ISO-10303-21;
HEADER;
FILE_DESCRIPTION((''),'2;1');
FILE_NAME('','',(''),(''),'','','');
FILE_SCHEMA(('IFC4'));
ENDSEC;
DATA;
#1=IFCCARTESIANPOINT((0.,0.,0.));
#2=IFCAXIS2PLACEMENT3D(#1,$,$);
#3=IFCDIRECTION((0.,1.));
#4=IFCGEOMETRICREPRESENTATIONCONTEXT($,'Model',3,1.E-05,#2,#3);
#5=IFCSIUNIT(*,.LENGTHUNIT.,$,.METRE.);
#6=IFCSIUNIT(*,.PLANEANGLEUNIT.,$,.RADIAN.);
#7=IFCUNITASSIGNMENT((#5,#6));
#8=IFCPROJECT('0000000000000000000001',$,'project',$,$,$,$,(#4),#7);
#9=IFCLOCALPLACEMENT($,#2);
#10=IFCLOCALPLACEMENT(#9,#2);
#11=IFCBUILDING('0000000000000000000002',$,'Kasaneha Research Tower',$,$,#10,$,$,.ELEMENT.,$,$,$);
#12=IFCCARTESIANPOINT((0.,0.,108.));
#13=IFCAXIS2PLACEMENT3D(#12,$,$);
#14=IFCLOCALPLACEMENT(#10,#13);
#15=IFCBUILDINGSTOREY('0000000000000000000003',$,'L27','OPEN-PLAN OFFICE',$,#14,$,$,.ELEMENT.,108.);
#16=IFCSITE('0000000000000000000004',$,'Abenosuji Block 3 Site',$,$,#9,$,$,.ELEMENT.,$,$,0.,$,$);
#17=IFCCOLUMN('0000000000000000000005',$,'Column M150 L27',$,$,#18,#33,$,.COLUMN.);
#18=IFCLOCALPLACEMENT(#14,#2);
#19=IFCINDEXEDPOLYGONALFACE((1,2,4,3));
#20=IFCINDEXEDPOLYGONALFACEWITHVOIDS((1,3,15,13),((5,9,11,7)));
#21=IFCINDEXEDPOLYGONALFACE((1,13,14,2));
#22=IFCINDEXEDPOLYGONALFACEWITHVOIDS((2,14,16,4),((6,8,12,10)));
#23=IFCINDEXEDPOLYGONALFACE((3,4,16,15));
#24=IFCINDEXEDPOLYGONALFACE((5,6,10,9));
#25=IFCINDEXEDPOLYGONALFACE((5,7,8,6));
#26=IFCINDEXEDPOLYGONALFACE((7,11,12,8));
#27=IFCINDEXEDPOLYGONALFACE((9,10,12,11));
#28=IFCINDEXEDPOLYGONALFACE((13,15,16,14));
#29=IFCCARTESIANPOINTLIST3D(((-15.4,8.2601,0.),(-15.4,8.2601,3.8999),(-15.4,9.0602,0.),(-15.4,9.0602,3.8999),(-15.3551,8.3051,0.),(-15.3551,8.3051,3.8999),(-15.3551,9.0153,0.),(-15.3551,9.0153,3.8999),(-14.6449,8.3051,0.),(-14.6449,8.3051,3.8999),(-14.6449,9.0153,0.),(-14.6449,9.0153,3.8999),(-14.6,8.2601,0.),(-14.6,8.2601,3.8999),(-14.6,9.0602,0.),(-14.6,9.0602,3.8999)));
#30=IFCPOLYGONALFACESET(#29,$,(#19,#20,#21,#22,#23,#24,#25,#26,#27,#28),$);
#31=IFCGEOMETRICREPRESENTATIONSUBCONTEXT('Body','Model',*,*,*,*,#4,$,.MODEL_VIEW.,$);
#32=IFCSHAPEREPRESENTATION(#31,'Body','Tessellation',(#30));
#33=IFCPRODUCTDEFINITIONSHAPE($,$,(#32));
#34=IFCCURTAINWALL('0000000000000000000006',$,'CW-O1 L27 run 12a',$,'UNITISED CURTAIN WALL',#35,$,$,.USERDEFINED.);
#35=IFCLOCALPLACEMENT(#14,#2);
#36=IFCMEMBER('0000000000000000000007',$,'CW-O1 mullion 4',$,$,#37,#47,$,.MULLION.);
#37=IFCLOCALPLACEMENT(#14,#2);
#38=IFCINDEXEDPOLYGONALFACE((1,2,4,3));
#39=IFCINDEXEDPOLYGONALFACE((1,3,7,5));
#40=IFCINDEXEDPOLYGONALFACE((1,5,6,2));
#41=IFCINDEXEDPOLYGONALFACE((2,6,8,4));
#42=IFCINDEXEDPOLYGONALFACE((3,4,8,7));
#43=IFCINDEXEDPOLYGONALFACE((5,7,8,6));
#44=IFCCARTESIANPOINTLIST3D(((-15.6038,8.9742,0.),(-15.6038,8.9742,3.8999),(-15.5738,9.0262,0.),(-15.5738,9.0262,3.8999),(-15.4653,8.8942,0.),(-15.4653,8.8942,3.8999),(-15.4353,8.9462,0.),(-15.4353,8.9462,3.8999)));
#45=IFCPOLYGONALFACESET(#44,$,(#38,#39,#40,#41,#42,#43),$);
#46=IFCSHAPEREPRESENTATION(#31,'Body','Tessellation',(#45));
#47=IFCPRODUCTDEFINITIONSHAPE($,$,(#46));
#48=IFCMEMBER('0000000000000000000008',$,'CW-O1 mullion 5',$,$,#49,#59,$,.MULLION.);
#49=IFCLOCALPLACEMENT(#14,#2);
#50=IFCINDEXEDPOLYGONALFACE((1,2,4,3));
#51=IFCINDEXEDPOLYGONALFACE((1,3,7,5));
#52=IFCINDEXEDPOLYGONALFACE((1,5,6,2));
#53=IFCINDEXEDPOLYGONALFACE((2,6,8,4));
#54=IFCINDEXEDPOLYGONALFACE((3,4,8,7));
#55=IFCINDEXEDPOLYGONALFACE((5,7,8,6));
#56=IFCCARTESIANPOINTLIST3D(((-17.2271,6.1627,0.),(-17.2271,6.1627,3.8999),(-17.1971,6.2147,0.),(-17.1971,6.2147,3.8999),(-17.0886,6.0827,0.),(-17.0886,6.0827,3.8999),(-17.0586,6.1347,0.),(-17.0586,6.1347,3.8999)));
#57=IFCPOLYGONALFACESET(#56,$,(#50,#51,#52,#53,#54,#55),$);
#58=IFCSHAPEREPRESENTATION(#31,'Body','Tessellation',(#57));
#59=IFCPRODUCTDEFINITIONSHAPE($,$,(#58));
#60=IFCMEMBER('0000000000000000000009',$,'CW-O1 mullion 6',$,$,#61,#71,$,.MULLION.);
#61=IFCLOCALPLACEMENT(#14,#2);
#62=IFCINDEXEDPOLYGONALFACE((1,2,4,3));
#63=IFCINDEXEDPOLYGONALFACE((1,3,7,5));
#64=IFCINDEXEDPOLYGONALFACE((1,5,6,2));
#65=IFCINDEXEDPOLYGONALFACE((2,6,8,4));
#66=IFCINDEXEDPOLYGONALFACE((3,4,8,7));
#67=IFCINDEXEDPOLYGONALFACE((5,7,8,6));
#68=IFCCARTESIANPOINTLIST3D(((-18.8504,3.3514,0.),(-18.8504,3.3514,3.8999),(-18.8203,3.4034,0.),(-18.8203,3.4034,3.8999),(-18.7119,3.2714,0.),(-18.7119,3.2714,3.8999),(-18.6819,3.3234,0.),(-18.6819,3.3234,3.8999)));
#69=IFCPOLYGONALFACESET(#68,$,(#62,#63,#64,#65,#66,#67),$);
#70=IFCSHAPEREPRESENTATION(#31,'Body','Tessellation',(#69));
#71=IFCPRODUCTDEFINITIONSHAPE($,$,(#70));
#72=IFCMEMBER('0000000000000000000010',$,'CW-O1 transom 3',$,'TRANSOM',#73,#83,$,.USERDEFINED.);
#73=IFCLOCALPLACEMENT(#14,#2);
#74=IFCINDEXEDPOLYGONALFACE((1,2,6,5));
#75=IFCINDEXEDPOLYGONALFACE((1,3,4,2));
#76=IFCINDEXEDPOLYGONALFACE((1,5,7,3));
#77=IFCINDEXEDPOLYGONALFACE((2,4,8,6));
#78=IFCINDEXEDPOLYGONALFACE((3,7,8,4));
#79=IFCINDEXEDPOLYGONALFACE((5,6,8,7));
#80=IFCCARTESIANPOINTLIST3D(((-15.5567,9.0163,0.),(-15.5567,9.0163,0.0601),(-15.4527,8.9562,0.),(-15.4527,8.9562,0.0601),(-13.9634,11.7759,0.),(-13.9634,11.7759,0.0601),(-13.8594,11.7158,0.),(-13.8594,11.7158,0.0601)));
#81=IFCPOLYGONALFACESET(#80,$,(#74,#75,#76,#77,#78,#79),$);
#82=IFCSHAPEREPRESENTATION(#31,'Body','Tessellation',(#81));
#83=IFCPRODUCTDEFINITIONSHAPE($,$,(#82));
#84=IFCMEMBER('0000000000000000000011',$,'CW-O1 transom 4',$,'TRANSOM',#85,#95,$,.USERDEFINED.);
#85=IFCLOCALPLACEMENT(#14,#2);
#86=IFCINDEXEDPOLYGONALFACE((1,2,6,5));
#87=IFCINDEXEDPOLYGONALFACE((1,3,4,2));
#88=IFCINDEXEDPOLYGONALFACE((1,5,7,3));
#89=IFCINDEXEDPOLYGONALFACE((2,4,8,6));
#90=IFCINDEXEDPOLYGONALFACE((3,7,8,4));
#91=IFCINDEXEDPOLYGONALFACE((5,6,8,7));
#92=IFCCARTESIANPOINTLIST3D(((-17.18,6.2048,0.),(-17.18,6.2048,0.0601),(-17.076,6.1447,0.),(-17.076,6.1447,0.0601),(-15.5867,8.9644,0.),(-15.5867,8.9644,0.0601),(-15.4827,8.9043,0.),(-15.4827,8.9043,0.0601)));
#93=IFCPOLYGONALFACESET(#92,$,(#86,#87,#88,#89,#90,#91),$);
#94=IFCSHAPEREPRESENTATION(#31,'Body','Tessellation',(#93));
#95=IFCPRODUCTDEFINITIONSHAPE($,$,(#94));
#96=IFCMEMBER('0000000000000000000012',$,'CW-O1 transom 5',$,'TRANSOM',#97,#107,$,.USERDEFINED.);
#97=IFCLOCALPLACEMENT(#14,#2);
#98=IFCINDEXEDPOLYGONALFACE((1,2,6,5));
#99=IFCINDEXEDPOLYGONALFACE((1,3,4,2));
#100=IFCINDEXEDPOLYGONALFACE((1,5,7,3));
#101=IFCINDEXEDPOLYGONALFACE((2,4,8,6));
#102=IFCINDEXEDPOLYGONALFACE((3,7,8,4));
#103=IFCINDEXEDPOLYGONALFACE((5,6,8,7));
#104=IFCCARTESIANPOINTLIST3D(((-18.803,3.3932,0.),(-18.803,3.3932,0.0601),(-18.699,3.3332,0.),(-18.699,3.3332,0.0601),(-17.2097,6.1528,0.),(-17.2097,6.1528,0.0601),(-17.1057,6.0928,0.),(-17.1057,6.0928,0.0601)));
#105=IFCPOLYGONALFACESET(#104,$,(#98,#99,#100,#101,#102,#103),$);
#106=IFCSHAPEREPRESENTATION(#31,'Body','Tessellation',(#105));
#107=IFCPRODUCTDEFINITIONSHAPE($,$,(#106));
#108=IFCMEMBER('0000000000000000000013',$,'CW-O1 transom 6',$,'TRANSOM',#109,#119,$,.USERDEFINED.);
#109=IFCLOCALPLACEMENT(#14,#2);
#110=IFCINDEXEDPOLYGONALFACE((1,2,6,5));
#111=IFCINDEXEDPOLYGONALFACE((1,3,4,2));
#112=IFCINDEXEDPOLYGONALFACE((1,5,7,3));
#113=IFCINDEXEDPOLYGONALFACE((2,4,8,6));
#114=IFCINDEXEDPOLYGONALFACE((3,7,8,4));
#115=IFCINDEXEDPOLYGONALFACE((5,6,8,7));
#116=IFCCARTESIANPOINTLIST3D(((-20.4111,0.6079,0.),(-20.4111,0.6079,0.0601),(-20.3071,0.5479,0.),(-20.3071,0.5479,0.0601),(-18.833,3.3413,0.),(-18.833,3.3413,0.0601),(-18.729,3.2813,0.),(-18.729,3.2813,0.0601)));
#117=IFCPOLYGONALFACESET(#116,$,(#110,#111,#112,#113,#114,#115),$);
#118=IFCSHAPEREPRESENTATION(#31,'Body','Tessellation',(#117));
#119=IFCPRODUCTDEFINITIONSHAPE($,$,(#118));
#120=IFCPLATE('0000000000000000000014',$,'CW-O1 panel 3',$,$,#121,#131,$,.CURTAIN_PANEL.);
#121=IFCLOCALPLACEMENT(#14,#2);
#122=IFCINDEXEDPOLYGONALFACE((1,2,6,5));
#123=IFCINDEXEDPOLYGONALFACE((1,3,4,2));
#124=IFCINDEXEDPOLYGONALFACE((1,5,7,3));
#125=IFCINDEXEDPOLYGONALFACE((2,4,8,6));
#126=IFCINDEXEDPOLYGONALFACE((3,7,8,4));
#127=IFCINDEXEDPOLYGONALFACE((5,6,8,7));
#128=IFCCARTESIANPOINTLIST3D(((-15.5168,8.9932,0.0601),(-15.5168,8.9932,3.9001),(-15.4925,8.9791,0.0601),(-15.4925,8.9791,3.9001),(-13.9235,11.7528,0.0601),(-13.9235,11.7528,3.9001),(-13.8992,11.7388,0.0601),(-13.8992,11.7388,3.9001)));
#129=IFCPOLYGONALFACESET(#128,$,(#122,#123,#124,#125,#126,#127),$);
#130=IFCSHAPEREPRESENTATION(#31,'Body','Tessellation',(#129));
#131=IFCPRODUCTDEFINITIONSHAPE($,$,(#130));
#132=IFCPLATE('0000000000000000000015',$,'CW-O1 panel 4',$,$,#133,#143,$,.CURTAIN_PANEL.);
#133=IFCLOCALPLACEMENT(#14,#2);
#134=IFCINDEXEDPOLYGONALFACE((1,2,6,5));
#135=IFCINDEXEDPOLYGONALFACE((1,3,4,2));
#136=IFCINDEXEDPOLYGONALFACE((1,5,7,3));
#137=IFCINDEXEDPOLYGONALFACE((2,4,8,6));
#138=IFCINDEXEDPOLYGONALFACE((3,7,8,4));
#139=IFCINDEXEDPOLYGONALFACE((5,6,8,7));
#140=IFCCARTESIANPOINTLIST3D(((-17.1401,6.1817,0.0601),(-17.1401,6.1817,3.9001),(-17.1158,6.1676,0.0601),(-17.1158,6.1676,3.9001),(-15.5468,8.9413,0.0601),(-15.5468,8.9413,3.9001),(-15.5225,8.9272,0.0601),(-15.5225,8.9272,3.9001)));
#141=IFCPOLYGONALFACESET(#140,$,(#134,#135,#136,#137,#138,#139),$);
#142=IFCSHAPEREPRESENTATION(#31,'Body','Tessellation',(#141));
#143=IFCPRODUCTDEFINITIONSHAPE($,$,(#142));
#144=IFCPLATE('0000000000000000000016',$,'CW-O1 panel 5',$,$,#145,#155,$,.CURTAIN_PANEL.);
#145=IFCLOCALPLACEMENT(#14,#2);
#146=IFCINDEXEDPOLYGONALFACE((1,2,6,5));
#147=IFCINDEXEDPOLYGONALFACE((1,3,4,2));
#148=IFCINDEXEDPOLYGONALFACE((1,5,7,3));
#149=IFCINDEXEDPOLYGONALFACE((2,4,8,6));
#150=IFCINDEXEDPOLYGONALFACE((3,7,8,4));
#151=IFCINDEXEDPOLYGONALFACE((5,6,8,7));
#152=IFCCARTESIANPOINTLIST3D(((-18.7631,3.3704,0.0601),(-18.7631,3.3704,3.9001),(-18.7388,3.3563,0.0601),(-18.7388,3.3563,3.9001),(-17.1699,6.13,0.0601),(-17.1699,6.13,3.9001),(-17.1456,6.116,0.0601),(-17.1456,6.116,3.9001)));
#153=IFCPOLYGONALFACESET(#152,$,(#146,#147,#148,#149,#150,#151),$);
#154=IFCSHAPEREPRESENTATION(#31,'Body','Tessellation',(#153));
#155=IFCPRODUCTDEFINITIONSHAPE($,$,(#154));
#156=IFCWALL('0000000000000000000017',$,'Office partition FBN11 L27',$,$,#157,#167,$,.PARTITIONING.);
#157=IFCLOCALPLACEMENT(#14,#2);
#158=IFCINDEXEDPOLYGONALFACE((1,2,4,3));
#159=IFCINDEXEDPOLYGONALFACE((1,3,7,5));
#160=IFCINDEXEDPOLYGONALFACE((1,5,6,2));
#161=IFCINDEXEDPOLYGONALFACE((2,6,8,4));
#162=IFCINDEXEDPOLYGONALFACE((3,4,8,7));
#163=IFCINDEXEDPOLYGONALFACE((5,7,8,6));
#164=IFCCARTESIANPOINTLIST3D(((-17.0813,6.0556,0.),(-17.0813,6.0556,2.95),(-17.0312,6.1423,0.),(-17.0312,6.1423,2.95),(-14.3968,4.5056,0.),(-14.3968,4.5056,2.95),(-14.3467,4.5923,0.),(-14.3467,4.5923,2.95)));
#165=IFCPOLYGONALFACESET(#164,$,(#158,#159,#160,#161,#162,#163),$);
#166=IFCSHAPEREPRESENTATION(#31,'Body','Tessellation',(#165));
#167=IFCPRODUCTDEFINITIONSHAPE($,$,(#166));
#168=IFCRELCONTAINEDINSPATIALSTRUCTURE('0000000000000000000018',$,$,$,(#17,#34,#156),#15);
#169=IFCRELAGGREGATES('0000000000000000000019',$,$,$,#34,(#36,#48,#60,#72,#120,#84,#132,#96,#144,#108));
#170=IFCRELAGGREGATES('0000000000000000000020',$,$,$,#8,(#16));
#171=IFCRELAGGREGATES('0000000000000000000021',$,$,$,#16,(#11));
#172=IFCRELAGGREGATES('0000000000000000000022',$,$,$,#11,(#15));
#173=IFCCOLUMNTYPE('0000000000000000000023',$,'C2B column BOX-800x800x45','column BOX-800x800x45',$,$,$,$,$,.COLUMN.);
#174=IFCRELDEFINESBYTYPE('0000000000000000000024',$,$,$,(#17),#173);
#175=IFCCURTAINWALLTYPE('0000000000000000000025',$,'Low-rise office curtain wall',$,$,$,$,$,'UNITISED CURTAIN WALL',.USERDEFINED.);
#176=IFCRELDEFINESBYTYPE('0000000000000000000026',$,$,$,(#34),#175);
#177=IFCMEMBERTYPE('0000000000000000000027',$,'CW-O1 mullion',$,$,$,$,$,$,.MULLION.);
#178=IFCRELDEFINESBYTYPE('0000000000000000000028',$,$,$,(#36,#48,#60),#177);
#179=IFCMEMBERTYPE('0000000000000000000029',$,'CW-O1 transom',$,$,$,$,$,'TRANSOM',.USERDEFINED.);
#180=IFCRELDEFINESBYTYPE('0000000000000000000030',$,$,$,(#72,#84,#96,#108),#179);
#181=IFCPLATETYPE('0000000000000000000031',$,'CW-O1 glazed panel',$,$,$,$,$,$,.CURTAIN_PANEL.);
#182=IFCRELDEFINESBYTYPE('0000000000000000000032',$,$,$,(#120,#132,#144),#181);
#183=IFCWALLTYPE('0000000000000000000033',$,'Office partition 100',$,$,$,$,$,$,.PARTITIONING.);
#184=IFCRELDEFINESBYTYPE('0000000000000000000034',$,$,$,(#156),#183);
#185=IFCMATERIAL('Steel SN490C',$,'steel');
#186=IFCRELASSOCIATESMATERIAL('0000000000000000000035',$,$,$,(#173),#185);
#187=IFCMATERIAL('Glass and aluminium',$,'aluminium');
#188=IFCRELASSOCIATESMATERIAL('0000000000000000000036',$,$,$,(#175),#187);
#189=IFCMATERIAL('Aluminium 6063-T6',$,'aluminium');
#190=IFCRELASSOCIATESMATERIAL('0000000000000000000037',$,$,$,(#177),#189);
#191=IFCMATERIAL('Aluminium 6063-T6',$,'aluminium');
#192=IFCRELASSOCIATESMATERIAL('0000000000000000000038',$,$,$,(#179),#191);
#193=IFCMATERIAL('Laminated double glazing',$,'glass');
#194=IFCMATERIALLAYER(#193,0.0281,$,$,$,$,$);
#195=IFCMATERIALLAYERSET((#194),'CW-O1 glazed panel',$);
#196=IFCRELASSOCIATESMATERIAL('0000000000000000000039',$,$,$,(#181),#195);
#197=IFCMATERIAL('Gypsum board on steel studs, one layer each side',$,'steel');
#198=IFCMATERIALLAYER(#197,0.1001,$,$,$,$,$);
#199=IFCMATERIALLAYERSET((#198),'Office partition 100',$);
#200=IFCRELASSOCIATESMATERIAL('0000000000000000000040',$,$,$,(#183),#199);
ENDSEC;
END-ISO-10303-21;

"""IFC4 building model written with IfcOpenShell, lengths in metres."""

from ifc_helpers import new_model, si_unit, direction, frame, frame_2d, origin, origin_2d, place, context, subcontext, project, spatial, rectangle, hollow_rectangle, extrude, material, layer, layer_set, material_profile, profile_set, type_object, element, aggregate, save


model = new_model("IFC4")

# Units and contexts
model_context = context("Model", 3, precision=1e-05, world=origin(), true_north=direction((0.0, 1.0)))
body_context = subcontext(model_context, "Body", "Model", "MODEL_VIEW")
ifc_project = project(units=[si_unit("LENGTHUNIT", "METRE"), si_unit("PLANEANGLEUNIT", "RADIAN")], contexts=[model_context])

# Site, building, storey
site_placement = place(None, origin())
site = spatial("IfcSite", under=ifc_project, at=site_placement, Name="Abenosuji Block 3 Site", CompositionType="ELEMENT", RefElevation=0.0)
building_placement = place(site_placement, origin())
building = spatial("IfcBuilding", under=site, at=building_placement, Name="Kasaneha Research Tower", CompositionType="ELEMENT")
storey_placement = place(building_placement, frame((0.0, 0.0, 108.0)))
storey = spatial("IfcBuildingStorey", under=building, at=storey_placement, Name="L27", Description="OPEN-PLAN OFFICE", CompositionType="ELEMENT", Elevation=108.0)

# Column
ifc_material_1 = material(Name="Steel SN490C", Category="steel")
ifc_material_profile_1 = material_profile(ifc_material_1, hollow_rectangle(XDim=0.8, YDim=0.8, WallThickness=0.0449, at=origin_2d()), Name="BOX-800x800x45")
ifc_profile_set_1 = profile_set([ifc_material_profile_1], Name="Steel SN490C")
column_type = type_object("IfcColumnType", Name="C2B column BOX-800x800x45", Description="column BOX-800x800x45", PredefinedType="COLUMN", material=ifc_profile_set_1)
column_placement = place(storey_placement, frame((-15.0, 8.6602, 0.0), z_axis=(0.0, 0.0, 1.0), x_axis=(1.0, 0.0, 0.0)))
element("IfcColumn", 1, at=column_placement, inside=storey, type_object=column_type, Name="Column M150 L27", PredefinedType="COLUMN", context=body_context, shape_type="SweptSolid", body=[
    extrude(hollow_rectangle(XDim=0.8, YDim=0.8, WallThickness=0.0449, at=origin_2d()), origin(), (0.0, 0.0, 1.0), 3.8999),
])

# Curtain wall, members, plates
ifc_material_2 = material(Name="Glass and aluminium", Category="aluminium")
curtain_wall_type = type_object("IfcCurtainWallType", Name="Low-rise office curtain wall", ElementType="UNITISED CURTAIN WALL", PredefinedType="USERDEFINED", material=ifc_material_2)
curtain_wall_placement = place(storey_placement, origin())
curtain_wall = element("IfcCurtainWall", 2, at=curtain_wall_placement, inside=storey, type_object=curtain_wall_type, Name="CW-O1 L27 run 12a", ObjectType="UNITISED CURTAIN WALL", PredefinedType="USERDEFINED")
ifc_material_3 = material(Name="Aluminium 6063-T6", Category="aluminium")
ifc_material_profile_2 = material_profile(ifc_material_3, rectangle(XDim=0.0601, YDim=0.1599, at=origin_2d()), Name="CW-O1 mullion 60x160")
ifc_profile_set_2 = profile_set([ifc_material_profile_2], Name="Aluminium 6063-T6")
member_type_1 = type_object("IfcMemberType", Name="CW-O1 mullion", PredefinedType="MULLION", material=ifc_profile_set_2)
member_1_placement = place(storey_placement, frame((-15.5195, 8.9602, 0.0), z_axis=(0.0, 0.0, 1.0), x_axis=(-0.5, -0.866025, 0.0)))
member_1 = element("IfcMember", 3, at=member_1_placement, type_object=member_type_1, Name="CW-O1 mullion 4", PredefinedType="MULLION", context=body_context, shape_type="SweptSolid", body=[
    extrude(rectangle(XDim=0.0601, YDim=0.1599, at=origin_2d()), origin(), (0.0, 0.0, 1.0), 3.8999),
])
member_2_placement = place(storey_placement, frame((-17.1428, 6.1487, 0.0), z_axis=(0.0, 0.0, 1.0), x_axis=(-0.5, -0.866025, 0.0)))
member_2 = element("IfcMember", 4, at=member_2_placement, type_object=member_type_1, Name="CW-O1 mullion 5", PredefinedType="MULLION", context=body_context, shape_type="SweptSolid", body=[
    extrude(rectangle(XDim=0.0601, YDim=0.1599, at=origin_2d()), origin(), (0.0, 0.0, 1.0), 3.8999),
])
member_3_placement = place(storey_placement, frame((-18.7661, 3.3374, 0.0), z_axis=(0.0, 0.0, 1.0), x_axis=(-0.5, -0.866025, 0.0)))
member_3 = element("IfcMember", 5, at=member_3_placement, type_object=member_type_1, Name="CW-O1 mullion 6", PredefinedType="MULLION", context=body_context, shape_type="SweptSolid", body=[
    extrude(rectangle(XDim=0.0601, YDim=0.1599, at=origin_2d()), origin(), (0.0, 0.0, 1.0), 3.8999),
])
ifc_material_4 = material(Name="Aluminium 6063-T6", Category="aluminium")
ifc_material_profile_3 = material_profile(ifc_material_4, rectangle(XDim=0.1201, YDim=0.0601, at=origin_2d()), Name="CW-O1 transom 120x60")
ifc_profile_set_3 = profile_set([ifc_material_profile_3], Name="Aluminium 6063-T6")
member_type_2 = type_object("IfcMemberType", Name="CW-O1 transom", ElementType="TRANSOM", PredefinedType="USERDEFINED", material=ifc_profile_set_3)
member_4_placement = place(storey_placement, frame((-13.9114, 11.7458, 0.03), z_axis=(-0.500012, -0.866018, 0.0), x_axis=(0.866018, -0.500012, 0.0)))
member_4 = element("IfcMember", 6, at=member_4_placement, type_object=member_type_2, Name="CW-O1 transom 3", ObjectType="TRANSOM", PredefinedType="USERDEFINED", context=body_context, shape_type="SweptSolid", body=[
    extrude(rectangle(XDim=0.1201, YDim=0.0601, at=origin_2d()), origin(), (0.0, 0.0, 1.0), 3.1865),
])
member_5_placement = place(storey_placement, frame((-15.5347, 8.9343, 0.03), z_axis=(-0.500012, -0.866018, 0.0), x_axis=(0.866018, -0.500012, 0.0)))
member_5 = element("IfcMember", 7, at=member_5_placement, type_object=member_type_2, Name="CW-O1 transom 4", ObjectType="TRANSOM", PredefinedType="USERDEFINED", context=body_context, shape_type="SweptSolid", body=[
    extrude(rectangle(XDim=0.1201, YDim=0.0601, at=origin_2d()), origin(), (0.0, 0.0, 1.0), 3.1865),
])
member_6_placement = place(storey_placement, frame((-17.1577, 6.1228, 0.03), z_axis=(-0.500012, -0.866018, 0.0), x_axis=(0.866018, -0.500012, 0.0)))
member_6 = element("IfcMember", 8, at=member_6_placement, type_object=member_type_2, Name="CW-O1 transom 5", ObjectType="TRANSOM", PredefinedType="USERDEFINED", context=body_context, shape_type="SweptSolid", body=[
    extrude(rectangle(XDim=0.1201, YDim=0.0601, at=origin_2d()), origin(), (0.0, 0.0, 1.0), 3.1865),
])
member_7_placement = place(storey_placement, frame((-18.781, 3.3113, 0.03), z_axis=(-0.499999, -0.866026, 0.0), x_axis=(0.866026, -0.499999, 0.0)))
member_7 = element("IfcMember", 9, at=member_7_placement, type_object=member_type_2, Name="CW-O1 transom 6", ObjectType="TRANSOM", PredefinedType="USERDEFINED", context=body_context, shape_type="SweptSolid", body=[
    extrude(rectangle(XDim=0.1201, YDim=0.0601, at=origin_2d()), origin(), (0.0, 0.0, 1.0), 3.1562),
])
ifc_material_5 = material(Name="Laminated double glazing", Category="glass")
ifc_layer_1 = layer(ifc_material_5, 0.0281)
ifc_layer_set_1 = layer_set([ifc_layer_1], Name="CW-O1 glazed panel")
plate_type = type_object("IfcPlateType", Name="CW-O1 glazed panel", PredefinedType="CURTAIN_PANEL", material=ifc_layer_set_1)
plate_1_placement = place(storey_placement, frame((-14.708, 10.366, 0.0601), z_axis=(0.0, 0.0, 1.0), x_axis=(-0.5, -0.866025, 0.0)))
plate_1 = element("IfcPlate", 10, at=plate_1_placement, type_object=plate_type, Name="CW-O1 panel 3", PredefinedType="CURTAIN_PANEL", context=body_context, shape_type="SweptSolid", body=[
    extrude(rectangle(XDim=3.1865, YDim=0.0281, at=origin_2d()), origin(), (0.0, 0.0, 1.0), 3.8401),
])
plate_2_placement = place(storey_placement, frame((-16.3313, 7.5544, 0.0601), z_axis=(0.0, 0.0, 1.0), x_axis=(-0.5, -0.866025, 0.0)))
plate_2 = element("IfcPlate", 11, at=plate_2_placement, type_object=plate_type, Name="CW-O1 panel 4", PredefinedType="CURTAIN_PANEL", context=body_context, shape_type="SweptSolid", body=[
    extrude(rectangle(XDim=3.1865, YDim=0.0281, at=origin_2d()), origin(), (0.0, 0.0, 1.0), 3.8401),
])
plate_3_placement = place(storey_placement, frame((-17.9543, 4.7432, 0.0601), z_axis=(0.0, 0.0, 1.0), x_axis=(-0.5, -0.866025, 0.0)))
plate_3 = element("IfcPlate", 12, at=plate_3_placement, type_object=plate_type, Name="CW-O1 panel 5", PredefinedType="CURTAIN_PANEL", context=body_context, shape_type="SweptSolid", body=[
    extrude(rectangle(XDim=3.1865, YDim=0.0281, at=origin_2d()), origin(), (0.0, 0.0, 1.0), 3.8401),
])
aggregate(curtain_wall, [member_1, member_2, member_3, member_4, plate_1, member_5, plate_2, member_6, plate_3, member_7])

# Wall
ifc_material_6 = material(Name="Gypsum board on steel studs, one layer each side", Category="steel")
ifc_layer_2 = layer(ifc_material_6, 0.1001)
ifc_layer_set_2 = layer_set([ifc_layer_2], Name="Office partition 100")
wall_type_1 = type_object("IfcWallType", Name="Office partition 100", PredefinedType="PARTITIONING", material=ifc_layer_set_2)
wall_1_placement = place(storey_placement, frame((-17.0562, 6.0989, 0.0), z_axis=(0.0, 0.0, 1.0), x_axis=(0.86601, -0.500027, 0.0)))
element("IfcWall", 13, at=wall_1_placement, inside=storey, type_object=wall_type_1, Name="Office partition FBN11 L27", PredefinedType="PARTITIONING", context=body_context, shape_type="SweptSolid", body=[
    extrude(rectangle(XDim=3.0999, YDim=0.1001, at=frame_2d((1.5498, 0.0))), origin(), (0.0, 0.0, 1.0), 2.95),
])

save(model, "model.ifc")
